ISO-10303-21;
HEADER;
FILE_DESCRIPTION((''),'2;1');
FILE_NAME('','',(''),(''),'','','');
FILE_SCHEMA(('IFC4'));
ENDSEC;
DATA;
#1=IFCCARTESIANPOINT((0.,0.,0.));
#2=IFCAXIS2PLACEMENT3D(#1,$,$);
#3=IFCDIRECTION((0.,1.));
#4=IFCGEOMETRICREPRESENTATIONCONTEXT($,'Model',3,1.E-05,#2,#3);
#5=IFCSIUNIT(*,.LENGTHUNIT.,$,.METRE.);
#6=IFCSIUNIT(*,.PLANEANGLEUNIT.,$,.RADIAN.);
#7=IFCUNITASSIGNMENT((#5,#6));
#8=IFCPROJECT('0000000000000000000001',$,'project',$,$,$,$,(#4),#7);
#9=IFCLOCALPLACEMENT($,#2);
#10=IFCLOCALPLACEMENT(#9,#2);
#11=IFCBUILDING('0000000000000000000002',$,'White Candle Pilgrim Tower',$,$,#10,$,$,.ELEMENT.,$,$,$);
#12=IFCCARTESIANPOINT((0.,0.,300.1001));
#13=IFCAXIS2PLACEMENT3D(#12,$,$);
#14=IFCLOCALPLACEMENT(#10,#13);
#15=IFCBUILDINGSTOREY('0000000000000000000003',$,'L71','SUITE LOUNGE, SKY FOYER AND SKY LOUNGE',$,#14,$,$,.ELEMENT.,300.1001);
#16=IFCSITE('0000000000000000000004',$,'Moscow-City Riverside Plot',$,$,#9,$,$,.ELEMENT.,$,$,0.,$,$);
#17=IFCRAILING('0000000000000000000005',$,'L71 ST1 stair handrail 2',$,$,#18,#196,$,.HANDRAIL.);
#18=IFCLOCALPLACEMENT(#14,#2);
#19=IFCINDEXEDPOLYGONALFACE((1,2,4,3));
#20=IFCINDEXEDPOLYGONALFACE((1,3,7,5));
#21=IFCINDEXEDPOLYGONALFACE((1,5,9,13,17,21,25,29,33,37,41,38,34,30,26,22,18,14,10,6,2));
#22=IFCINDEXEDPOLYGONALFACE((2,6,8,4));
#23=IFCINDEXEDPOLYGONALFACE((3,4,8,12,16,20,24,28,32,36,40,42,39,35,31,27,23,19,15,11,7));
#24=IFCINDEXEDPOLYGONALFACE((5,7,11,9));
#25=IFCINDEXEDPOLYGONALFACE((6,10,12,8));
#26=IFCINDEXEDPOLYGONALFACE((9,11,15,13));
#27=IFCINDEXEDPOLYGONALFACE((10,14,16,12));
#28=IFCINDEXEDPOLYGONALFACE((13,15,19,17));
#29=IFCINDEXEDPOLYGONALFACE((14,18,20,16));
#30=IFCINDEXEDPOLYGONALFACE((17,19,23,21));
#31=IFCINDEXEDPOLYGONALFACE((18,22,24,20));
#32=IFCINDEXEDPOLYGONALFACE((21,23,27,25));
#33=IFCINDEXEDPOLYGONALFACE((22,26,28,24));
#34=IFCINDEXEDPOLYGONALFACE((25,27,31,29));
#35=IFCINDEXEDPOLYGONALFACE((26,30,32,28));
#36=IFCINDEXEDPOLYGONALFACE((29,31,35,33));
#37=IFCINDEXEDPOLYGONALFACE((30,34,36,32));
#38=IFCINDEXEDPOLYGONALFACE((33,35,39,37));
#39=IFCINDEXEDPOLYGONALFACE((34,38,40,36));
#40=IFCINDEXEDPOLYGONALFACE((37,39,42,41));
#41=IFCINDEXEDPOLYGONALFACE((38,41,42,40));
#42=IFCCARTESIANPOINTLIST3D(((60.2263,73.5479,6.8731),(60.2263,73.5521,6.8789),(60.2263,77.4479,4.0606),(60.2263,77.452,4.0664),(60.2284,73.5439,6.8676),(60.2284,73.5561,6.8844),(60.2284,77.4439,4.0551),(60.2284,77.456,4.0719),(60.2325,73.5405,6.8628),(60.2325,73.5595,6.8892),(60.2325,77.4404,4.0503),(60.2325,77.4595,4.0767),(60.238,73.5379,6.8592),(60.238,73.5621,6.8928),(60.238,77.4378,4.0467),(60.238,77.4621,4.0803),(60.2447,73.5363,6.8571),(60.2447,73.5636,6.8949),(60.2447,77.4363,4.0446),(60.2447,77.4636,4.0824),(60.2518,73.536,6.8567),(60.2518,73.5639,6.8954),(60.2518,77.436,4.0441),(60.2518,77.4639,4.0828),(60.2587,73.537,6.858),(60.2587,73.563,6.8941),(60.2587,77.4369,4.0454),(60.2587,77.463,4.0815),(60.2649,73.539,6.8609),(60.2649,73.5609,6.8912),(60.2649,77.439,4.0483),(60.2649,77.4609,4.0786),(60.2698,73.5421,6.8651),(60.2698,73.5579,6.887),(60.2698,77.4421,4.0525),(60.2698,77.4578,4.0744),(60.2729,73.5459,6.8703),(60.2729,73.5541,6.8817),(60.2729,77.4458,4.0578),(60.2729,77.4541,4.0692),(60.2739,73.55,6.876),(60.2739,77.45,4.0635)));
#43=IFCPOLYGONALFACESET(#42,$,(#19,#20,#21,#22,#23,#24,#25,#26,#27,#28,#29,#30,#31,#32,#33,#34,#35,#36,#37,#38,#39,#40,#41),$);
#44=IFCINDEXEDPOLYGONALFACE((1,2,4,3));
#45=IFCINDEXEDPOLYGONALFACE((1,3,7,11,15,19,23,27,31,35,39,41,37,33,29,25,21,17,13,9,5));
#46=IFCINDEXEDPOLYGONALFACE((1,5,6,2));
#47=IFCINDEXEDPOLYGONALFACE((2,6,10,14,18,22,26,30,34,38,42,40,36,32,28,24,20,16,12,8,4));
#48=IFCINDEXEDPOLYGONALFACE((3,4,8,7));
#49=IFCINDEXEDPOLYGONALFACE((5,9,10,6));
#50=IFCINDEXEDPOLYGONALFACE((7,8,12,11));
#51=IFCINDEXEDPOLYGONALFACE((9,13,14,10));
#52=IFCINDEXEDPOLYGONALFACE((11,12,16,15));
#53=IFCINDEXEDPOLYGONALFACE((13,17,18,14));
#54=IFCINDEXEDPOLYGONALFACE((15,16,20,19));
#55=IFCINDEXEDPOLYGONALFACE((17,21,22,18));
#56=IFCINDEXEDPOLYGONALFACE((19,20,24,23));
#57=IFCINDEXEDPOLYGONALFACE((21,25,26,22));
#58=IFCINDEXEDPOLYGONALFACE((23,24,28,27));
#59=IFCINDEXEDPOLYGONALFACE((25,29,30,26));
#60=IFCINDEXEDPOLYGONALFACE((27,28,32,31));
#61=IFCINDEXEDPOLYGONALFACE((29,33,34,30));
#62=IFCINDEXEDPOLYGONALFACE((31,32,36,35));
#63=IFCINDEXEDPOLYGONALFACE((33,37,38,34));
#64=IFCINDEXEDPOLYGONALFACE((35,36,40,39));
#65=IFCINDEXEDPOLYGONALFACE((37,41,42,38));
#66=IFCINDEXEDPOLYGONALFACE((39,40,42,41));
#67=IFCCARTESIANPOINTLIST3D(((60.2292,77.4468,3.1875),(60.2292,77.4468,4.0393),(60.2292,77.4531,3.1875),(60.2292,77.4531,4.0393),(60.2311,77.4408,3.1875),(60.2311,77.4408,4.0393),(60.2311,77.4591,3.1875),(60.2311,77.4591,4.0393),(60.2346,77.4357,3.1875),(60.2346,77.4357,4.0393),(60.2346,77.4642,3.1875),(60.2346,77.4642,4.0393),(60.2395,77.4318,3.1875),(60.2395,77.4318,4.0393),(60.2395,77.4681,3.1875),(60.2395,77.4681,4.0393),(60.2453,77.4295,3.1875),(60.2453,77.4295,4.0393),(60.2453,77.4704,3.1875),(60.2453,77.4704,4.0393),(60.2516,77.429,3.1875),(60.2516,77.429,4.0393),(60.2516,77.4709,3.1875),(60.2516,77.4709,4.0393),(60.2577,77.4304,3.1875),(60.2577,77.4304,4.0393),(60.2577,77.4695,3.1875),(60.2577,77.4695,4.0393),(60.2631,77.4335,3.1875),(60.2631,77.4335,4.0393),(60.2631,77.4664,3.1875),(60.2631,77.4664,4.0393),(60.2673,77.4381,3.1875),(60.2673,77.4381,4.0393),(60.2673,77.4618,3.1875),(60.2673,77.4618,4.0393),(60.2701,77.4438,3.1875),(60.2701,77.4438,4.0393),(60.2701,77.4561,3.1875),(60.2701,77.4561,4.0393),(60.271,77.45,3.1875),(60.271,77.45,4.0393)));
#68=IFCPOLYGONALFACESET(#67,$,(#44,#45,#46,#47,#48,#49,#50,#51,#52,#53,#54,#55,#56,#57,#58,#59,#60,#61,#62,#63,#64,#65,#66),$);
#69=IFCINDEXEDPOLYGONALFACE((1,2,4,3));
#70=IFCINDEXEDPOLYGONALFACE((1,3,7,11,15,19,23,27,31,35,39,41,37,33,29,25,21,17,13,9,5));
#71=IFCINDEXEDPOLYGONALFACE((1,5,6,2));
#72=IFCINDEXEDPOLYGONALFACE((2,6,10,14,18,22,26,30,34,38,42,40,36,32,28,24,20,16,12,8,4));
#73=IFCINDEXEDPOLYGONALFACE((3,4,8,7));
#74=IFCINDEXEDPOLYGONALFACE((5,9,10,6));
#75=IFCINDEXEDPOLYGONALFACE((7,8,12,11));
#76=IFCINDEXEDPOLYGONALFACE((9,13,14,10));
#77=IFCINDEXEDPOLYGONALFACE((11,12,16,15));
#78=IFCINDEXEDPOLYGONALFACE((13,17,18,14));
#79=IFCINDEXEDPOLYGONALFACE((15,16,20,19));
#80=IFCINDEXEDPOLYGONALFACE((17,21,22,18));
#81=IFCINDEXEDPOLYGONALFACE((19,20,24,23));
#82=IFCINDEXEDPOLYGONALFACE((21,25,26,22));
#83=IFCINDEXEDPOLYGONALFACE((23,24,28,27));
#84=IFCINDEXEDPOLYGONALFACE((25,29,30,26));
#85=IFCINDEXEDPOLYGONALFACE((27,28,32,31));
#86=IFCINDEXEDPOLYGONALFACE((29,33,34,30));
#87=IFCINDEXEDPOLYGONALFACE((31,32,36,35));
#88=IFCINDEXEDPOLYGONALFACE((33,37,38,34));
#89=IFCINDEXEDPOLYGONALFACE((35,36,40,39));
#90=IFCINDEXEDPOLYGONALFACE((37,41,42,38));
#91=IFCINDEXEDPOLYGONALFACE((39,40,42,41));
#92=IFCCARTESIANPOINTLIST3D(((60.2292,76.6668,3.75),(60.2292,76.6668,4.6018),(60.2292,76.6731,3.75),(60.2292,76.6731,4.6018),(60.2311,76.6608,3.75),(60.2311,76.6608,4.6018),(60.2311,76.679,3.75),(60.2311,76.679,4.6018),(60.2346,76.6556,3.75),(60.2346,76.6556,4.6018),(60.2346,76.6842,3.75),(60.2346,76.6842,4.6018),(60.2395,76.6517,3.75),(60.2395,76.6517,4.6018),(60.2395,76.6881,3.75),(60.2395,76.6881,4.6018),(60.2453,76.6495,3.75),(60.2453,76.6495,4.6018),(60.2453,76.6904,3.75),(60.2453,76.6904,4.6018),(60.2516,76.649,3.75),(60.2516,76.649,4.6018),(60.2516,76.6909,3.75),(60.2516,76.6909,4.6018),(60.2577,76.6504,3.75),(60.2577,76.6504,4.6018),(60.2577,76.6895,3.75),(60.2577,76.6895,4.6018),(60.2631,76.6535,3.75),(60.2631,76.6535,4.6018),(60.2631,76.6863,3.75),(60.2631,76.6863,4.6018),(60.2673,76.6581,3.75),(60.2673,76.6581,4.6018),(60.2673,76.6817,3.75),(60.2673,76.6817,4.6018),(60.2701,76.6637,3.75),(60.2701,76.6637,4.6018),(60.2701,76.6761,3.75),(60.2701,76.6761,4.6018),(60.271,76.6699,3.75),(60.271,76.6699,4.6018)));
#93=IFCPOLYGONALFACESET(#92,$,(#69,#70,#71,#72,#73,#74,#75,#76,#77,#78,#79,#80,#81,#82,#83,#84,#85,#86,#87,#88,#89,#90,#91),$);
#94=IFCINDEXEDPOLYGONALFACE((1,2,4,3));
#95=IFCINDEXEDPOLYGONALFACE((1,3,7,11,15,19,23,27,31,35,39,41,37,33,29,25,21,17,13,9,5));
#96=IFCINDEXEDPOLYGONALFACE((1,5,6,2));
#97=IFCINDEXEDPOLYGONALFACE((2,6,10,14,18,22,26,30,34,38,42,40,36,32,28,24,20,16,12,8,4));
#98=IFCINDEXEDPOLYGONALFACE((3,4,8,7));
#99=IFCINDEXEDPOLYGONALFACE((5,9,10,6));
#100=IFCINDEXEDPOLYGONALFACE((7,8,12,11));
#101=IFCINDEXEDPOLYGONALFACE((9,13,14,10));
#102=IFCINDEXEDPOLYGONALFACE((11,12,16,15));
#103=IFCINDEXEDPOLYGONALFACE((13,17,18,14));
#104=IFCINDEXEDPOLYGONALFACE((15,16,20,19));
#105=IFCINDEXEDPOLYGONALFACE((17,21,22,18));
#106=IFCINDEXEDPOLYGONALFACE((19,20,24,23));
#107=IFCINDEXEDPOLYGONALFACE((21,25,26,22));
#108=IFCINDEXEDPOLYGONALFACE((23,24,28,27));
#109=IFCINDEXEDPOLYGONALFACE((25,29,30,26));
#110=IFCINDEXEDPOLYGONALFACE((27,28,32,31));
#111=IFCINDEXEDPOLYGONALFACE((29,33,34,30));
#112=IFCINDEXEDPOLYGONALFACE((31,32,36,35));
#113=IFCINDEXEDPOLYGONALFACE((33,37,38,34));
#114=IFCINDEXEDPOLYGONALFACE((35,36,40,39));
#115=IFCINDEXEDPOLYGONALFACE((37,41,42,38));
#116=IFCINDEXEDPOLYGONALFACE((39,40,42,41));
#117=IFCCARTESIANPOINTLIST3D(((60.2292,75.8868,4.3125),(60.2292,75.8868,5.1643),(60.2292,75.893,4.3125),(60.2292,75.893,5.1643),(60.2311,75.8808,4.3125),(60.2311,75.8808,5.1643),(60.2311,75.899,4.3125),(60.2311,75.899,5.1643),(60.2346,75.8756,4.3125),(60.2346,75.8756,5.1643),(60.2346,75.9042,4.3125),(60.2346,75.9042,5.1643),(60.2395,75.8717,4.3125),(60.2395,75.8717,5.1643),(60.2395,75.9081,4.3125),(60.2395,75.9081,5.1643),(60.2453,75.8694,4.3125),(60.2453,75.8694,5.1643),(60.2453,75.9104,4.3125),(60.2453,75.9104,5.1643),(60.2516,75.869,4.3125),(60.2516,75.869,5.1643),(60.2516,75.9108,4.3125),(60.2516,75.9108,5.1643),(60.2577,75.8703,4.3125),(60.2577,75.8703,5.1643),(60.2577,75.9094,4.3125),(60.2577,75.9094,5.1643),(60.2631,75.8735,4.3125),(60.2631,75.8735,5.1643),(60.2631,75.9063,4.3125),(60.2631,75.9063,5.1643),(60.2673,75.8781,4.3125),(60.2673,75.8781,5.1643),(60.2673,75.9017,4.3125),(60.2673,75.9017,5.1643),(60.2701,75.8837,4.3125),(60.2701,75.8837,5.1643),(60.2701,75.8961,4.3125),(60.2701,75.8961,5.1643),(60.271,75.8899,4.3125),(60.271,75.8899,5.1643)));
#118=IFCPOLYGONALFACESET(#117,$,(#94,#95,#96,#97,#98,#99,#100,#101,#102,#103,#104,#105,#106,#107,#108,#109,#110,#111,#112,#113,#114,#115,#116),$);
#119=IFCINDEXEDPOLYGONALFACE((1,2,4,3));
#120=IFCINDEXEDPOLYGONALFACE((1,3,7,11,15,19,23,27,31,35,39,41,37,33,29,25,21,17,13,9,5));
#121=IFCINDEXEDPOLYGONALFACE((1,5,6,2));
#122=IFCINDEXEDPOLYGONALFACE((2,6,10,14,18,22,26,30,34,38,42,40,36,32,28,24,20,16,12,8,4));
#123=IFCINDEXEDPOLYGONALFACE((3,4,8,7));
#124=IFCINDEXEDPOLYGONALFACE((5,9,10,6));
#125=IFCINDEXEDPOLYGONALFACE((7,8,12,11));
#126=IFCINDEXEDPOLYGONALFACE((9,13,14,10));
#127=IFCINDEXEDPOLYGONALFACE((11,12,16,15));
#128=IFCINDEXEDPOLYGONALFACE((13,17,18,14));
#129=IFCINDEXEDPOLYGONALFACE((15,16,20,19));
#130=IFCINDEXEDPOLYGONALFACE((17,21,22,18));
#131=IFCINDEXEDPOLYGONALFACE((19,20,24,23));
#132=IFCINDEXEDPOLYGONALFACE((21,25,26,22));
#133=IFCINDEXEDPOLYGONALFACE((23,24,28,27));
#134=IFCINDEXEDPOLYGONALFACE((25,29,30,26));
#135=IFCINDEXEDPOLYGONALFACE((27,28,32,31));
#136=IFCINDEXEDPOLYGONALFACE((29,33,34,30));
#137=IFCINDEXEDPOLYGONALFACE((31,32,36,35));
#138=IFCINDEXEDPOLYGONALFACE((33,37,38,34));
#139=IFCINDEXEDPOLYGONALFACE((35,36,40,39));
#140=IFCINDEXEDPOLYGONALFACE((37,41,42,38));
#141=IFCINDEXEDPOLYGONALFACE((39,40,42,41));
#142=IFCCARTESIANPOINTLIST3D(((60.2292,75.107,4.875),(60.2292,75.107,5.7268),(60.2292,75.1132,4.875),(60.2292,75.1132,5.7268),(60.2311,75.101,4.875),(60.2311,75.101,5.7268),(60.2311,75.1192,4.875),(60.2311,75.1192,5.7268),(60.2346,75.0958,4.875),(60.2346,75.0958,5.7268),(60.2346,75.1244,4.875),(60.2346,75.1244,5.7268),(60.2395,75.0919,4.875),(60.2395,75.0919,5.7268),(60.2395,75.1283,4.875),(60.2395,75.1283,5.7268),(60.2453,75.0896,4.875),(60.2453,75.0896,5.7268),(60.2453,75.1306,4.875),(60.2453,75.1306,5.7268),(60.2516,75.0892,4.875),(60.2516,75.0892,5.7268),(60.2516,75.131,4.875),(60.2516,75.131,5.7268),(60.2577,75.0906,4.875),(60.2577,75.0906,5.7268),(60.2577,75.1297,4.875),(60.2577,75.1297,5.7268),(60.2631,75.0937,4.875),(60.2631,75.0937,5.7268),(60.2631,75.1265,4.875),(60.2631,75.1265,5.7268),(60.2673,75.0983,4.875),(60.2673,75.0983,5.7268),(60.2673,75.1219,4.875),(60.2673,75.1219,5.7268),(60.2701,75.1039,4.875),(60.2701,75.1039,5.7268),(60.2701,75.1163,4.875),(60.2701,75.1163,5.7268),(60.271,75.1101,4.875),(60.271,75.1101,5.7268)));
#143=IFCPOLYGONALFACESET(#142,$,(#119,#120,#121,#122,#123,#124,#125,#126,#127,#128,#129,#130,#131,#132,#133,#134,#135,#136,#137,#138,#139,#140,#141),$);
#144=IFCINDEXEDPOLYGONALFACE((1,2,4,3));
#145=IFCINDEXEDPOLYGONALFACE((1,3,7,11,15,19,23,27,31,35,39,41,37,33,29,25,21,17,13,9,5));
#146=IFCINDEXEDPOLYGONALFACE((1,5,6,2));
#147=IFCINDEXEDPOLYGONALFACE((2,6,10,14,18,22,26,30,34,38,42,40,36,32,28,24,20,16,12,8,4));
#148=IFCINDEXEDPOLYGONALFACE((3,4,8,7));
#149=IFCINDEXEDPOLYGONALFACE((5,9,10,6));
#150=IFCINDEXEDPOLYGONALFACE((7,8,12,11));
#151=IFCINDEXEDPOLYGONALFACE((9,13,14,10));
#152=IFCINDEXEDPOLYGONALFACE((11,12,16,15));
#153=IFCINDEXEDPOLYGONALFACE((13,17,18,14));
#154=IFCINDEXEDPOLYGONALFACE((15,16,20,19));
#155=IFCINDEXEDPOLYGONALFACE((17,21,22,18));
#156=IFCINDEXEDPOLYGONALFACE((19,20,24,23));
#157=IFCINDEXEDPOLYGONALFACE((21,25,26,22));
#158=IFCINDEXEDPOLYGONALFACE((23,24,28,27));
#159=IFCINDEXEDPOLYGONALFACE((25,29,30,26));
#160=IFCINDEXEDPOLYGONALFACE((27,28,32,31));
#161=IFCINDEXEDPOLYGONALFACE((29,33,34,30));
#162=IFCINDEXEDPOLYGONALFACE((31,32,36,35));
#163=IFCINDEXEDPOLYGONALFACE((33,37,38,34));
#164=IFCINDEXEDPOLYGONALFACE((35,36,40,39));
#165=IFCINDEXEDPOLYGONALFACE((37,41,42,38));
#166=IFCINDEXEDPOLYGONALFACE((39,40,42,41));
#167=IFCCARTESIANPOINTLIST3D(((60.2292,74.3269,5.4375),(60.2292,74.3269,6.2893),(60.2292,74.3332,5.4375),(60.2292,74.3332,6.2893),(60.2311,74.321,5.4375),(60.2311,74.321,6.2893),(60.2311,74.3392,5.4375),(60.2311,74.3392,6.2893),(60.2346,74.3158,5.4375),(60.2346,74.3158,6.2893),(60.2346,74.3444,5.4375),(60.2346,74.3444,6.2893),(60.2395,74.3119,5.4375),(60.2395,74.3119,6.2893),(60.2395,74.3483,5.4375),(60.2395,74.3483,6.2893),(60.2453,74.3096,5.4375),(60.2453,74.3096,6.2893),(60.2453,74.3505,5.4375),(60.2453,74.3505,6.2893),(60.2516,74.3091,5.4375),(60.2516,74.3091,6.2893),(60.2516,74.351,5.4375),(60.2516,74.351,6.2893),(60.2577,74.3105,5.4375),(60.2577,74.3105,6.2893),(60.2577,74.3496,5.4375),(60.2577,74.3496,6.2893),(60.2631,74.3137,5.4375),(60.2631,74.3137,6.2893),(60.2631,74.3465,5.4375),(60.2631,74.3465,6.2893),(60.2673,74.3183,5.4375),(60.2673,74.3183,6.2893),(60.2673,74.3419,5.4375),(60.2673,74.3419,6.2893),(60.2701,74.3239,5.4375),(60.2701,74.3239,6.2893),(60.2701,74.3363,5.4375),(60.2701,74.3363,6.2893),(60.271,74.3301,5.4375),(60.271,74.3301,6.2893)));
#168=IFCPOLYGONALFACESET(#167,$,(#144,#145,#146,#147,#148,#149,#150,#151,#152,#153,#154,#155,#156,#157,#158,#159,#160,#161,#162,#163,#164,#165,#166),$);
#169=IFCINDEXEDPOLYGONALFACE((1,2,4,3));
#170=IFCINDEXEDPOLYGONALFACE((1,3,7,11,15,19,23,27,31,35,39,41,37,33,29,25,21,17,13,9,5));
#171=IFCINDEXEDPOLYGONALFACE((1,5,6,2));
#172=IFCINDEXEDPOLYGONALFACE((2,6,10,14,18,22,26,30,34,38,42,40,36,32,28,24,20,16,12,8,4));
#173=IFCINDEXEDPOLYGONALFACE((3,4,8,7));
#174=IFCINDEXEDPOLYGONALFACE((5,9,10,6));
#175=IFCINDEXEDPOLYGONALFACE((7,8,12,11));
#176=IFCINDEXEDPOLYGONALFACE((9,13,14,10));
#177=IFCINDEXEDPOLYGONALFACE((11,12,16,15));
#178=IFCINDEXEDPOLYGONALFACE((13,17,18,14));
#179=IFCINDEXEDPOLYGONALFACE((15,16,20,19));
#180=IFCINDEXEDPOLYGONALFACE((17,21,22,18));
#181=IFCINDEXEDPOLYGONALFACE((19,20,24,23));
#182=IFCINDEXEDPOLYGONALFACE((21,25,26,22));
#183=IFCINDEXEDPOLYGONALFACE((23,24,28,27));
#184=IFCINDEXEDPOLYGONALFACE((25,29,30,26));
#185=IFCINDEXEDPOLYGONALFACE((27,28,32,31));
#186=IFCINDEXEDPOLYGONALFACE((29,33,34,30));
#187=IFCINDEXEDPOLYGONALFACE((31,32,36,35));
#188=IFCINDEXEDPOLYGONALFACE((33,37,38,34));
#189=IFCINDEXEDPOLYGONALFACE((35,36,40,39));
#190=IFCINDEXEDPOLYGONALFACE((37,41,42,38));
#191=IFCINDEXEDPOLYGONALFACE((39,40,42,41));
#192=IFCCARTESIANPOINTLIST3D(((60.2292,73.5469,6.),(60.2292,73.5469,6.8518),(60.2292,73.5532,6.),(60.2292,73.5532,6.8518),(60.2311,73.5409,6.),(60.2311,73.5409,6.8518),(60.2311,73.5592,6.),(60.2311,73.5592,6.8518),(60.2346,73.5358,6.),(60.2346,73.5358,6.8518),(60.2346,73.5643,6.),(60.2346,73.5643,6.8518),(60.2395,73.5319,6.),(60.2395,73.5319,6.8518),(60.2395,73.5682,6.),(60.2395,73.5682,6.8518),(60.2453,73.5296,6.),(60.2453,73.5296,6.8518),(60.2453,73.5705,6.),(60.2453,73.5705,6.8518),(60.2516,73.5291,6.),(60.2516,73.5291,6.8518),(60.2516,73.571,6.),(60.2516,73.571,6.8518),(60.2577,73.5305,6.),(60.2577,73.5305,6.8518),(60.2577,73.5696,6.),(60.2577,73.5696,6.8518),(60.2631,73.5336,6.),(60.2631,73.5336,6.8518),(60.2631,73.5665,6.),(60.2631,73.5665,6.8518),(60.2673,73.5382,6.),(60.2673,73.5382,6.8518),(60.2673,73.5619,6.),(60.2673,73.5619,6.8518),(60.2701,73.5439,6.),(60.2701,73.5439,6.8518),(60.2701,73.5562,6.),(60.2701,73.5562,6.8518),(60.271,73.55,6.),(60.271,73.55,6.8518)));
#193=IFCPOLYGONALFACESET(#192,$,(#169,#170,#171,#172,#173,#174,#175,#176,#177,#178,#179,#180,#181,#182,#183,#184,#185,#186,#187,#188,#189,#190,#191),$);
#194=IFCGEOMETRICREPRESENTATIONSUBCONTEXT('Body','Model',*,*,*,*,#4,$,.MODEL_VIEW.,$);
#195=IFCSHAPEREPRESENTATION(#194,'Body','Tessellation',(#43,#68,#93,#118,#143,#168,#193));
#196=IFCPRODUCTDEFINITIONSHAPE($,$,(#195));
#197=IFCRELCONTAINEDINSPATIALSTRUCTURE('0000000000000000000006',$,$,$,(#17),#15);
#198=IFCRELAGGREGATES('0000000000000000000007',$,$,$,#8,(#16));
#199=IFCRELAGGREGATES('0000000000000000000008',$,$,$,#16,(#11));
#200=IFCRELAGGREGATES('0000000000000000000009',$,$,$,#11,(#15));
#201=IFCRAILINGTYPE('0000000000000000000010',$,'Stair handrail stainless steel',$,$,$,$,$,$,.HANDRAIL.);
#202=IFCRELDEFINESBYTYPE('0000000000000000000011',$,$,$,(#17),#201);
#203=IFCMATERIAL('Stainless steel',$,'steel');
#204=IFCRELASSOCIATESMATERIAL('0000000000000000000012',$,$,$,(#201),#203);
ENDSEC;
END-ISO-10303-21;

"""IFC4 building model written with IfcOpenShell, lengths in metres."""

from ifc_helpers import new_model, si_unit, direction, frame, origin, origin_2d, place, context, subcontext, project, spatial, circle, extrude, material, type_object, element, save


model = new_model("IFC4")

# Units and contexts
model_context = context("Model", 3, precision=1e-05, world=origin(), true_north=direction((0.0, 1.0)))
body_context = subcontext(model_context, "Body", "Model", "MODEL_VIEW")
ifc_project = project(units=[si_unit("LENGTHUNIT", "METRE"), si_unit("PLANEANGLEUNIT", "RADIAN")], contexts=[model_context])

# Site, building, storey
site_placement = place(None, origin())
site = spatial("IfcSite", under=ifc_project, at=site_placement, Name="Moscow-City Riverside Plot", CompositionType="ELEMENT", RefElevation=0.0)
building_placement = place(site_placement, origin())
building = spatial("IfcBuilding", under=site, at=building_placement, Name="White Candle Pilgrim Tower", CompositionType="ELEMENT")
storey_placement = place(building_placement, frame((0.0, 0.0, 300.1001)))
storey = spatial("IfcBuildingStorey", under=building, at=storey_placement, Name="L71", Description="SUITE LOUNGE, SKY FOYER AND SKY LOUNGE", CompositionType="ELEMENT", Elevation=300.1001)

# Railing
ifc_material_1 = material(Name="Stainless steel", Category="steel")
railing_type_1 = type_object("IfcRailingType", Name="Stair handrail stainless steel", PredefinedType="HANDRAIL", material=ifc_material_1)
railing_1_placement = place(storey_placement, frame((60.25, 77.45, 3.1875)))
element("IfcRailing", 1, at=railing_1_placement, inside=storey, type_object=railing_type_1, Name="L71 ST1 stair handrail 2", PredefinedType="HANDRAIL", context=body_context, shape_type="SweptSolid", body=[
    extrude(circle(Radius=0.0239, at=origin_2d()), frame((0.0, 0.0, 0.876), z_axis=(0.0, -0.811083, 0.584931), x_axis=(1.0, 0.0, 0.0)), (0.0, 0.0, 1.0), 4.8083),
    extrude(circle(Radius=0.021, at=origin_2d()), origin(), (0.0, 0.0, 1.0), 0.8518),
    extrude(circle(Radius=0.021, at=origin_2d()), frame((0.0, -0.78, 0.5625)), (0.0, 0.0, 1.0), 0.8518),
    extrude(circle(Radius=0.021, at=origin_2d()), frame((0.0, -1.5601, 1.125)), (0.0, 0.0, 1.0), 0.8518),
    extrude(circle(Radius=0.021, at=origin_2d()), frame((0.0, -2.3398, 1.6875)), (0.0, 0.0, 1.0), 0.8518),
    extrude(circle(Radius=0.021, at=origin_2d()), frame((0.0, -3.1199, 2.25)), (0.0, 0.0, 1.0), 0.8518),
    extrude(circle(Radius=0.021, at=origin_2d()), frame((0.0, -3.8999, 2.8125)), (0.0, 0.0, 1.0), 0.8518),
])

save(model, "model.ifc")
